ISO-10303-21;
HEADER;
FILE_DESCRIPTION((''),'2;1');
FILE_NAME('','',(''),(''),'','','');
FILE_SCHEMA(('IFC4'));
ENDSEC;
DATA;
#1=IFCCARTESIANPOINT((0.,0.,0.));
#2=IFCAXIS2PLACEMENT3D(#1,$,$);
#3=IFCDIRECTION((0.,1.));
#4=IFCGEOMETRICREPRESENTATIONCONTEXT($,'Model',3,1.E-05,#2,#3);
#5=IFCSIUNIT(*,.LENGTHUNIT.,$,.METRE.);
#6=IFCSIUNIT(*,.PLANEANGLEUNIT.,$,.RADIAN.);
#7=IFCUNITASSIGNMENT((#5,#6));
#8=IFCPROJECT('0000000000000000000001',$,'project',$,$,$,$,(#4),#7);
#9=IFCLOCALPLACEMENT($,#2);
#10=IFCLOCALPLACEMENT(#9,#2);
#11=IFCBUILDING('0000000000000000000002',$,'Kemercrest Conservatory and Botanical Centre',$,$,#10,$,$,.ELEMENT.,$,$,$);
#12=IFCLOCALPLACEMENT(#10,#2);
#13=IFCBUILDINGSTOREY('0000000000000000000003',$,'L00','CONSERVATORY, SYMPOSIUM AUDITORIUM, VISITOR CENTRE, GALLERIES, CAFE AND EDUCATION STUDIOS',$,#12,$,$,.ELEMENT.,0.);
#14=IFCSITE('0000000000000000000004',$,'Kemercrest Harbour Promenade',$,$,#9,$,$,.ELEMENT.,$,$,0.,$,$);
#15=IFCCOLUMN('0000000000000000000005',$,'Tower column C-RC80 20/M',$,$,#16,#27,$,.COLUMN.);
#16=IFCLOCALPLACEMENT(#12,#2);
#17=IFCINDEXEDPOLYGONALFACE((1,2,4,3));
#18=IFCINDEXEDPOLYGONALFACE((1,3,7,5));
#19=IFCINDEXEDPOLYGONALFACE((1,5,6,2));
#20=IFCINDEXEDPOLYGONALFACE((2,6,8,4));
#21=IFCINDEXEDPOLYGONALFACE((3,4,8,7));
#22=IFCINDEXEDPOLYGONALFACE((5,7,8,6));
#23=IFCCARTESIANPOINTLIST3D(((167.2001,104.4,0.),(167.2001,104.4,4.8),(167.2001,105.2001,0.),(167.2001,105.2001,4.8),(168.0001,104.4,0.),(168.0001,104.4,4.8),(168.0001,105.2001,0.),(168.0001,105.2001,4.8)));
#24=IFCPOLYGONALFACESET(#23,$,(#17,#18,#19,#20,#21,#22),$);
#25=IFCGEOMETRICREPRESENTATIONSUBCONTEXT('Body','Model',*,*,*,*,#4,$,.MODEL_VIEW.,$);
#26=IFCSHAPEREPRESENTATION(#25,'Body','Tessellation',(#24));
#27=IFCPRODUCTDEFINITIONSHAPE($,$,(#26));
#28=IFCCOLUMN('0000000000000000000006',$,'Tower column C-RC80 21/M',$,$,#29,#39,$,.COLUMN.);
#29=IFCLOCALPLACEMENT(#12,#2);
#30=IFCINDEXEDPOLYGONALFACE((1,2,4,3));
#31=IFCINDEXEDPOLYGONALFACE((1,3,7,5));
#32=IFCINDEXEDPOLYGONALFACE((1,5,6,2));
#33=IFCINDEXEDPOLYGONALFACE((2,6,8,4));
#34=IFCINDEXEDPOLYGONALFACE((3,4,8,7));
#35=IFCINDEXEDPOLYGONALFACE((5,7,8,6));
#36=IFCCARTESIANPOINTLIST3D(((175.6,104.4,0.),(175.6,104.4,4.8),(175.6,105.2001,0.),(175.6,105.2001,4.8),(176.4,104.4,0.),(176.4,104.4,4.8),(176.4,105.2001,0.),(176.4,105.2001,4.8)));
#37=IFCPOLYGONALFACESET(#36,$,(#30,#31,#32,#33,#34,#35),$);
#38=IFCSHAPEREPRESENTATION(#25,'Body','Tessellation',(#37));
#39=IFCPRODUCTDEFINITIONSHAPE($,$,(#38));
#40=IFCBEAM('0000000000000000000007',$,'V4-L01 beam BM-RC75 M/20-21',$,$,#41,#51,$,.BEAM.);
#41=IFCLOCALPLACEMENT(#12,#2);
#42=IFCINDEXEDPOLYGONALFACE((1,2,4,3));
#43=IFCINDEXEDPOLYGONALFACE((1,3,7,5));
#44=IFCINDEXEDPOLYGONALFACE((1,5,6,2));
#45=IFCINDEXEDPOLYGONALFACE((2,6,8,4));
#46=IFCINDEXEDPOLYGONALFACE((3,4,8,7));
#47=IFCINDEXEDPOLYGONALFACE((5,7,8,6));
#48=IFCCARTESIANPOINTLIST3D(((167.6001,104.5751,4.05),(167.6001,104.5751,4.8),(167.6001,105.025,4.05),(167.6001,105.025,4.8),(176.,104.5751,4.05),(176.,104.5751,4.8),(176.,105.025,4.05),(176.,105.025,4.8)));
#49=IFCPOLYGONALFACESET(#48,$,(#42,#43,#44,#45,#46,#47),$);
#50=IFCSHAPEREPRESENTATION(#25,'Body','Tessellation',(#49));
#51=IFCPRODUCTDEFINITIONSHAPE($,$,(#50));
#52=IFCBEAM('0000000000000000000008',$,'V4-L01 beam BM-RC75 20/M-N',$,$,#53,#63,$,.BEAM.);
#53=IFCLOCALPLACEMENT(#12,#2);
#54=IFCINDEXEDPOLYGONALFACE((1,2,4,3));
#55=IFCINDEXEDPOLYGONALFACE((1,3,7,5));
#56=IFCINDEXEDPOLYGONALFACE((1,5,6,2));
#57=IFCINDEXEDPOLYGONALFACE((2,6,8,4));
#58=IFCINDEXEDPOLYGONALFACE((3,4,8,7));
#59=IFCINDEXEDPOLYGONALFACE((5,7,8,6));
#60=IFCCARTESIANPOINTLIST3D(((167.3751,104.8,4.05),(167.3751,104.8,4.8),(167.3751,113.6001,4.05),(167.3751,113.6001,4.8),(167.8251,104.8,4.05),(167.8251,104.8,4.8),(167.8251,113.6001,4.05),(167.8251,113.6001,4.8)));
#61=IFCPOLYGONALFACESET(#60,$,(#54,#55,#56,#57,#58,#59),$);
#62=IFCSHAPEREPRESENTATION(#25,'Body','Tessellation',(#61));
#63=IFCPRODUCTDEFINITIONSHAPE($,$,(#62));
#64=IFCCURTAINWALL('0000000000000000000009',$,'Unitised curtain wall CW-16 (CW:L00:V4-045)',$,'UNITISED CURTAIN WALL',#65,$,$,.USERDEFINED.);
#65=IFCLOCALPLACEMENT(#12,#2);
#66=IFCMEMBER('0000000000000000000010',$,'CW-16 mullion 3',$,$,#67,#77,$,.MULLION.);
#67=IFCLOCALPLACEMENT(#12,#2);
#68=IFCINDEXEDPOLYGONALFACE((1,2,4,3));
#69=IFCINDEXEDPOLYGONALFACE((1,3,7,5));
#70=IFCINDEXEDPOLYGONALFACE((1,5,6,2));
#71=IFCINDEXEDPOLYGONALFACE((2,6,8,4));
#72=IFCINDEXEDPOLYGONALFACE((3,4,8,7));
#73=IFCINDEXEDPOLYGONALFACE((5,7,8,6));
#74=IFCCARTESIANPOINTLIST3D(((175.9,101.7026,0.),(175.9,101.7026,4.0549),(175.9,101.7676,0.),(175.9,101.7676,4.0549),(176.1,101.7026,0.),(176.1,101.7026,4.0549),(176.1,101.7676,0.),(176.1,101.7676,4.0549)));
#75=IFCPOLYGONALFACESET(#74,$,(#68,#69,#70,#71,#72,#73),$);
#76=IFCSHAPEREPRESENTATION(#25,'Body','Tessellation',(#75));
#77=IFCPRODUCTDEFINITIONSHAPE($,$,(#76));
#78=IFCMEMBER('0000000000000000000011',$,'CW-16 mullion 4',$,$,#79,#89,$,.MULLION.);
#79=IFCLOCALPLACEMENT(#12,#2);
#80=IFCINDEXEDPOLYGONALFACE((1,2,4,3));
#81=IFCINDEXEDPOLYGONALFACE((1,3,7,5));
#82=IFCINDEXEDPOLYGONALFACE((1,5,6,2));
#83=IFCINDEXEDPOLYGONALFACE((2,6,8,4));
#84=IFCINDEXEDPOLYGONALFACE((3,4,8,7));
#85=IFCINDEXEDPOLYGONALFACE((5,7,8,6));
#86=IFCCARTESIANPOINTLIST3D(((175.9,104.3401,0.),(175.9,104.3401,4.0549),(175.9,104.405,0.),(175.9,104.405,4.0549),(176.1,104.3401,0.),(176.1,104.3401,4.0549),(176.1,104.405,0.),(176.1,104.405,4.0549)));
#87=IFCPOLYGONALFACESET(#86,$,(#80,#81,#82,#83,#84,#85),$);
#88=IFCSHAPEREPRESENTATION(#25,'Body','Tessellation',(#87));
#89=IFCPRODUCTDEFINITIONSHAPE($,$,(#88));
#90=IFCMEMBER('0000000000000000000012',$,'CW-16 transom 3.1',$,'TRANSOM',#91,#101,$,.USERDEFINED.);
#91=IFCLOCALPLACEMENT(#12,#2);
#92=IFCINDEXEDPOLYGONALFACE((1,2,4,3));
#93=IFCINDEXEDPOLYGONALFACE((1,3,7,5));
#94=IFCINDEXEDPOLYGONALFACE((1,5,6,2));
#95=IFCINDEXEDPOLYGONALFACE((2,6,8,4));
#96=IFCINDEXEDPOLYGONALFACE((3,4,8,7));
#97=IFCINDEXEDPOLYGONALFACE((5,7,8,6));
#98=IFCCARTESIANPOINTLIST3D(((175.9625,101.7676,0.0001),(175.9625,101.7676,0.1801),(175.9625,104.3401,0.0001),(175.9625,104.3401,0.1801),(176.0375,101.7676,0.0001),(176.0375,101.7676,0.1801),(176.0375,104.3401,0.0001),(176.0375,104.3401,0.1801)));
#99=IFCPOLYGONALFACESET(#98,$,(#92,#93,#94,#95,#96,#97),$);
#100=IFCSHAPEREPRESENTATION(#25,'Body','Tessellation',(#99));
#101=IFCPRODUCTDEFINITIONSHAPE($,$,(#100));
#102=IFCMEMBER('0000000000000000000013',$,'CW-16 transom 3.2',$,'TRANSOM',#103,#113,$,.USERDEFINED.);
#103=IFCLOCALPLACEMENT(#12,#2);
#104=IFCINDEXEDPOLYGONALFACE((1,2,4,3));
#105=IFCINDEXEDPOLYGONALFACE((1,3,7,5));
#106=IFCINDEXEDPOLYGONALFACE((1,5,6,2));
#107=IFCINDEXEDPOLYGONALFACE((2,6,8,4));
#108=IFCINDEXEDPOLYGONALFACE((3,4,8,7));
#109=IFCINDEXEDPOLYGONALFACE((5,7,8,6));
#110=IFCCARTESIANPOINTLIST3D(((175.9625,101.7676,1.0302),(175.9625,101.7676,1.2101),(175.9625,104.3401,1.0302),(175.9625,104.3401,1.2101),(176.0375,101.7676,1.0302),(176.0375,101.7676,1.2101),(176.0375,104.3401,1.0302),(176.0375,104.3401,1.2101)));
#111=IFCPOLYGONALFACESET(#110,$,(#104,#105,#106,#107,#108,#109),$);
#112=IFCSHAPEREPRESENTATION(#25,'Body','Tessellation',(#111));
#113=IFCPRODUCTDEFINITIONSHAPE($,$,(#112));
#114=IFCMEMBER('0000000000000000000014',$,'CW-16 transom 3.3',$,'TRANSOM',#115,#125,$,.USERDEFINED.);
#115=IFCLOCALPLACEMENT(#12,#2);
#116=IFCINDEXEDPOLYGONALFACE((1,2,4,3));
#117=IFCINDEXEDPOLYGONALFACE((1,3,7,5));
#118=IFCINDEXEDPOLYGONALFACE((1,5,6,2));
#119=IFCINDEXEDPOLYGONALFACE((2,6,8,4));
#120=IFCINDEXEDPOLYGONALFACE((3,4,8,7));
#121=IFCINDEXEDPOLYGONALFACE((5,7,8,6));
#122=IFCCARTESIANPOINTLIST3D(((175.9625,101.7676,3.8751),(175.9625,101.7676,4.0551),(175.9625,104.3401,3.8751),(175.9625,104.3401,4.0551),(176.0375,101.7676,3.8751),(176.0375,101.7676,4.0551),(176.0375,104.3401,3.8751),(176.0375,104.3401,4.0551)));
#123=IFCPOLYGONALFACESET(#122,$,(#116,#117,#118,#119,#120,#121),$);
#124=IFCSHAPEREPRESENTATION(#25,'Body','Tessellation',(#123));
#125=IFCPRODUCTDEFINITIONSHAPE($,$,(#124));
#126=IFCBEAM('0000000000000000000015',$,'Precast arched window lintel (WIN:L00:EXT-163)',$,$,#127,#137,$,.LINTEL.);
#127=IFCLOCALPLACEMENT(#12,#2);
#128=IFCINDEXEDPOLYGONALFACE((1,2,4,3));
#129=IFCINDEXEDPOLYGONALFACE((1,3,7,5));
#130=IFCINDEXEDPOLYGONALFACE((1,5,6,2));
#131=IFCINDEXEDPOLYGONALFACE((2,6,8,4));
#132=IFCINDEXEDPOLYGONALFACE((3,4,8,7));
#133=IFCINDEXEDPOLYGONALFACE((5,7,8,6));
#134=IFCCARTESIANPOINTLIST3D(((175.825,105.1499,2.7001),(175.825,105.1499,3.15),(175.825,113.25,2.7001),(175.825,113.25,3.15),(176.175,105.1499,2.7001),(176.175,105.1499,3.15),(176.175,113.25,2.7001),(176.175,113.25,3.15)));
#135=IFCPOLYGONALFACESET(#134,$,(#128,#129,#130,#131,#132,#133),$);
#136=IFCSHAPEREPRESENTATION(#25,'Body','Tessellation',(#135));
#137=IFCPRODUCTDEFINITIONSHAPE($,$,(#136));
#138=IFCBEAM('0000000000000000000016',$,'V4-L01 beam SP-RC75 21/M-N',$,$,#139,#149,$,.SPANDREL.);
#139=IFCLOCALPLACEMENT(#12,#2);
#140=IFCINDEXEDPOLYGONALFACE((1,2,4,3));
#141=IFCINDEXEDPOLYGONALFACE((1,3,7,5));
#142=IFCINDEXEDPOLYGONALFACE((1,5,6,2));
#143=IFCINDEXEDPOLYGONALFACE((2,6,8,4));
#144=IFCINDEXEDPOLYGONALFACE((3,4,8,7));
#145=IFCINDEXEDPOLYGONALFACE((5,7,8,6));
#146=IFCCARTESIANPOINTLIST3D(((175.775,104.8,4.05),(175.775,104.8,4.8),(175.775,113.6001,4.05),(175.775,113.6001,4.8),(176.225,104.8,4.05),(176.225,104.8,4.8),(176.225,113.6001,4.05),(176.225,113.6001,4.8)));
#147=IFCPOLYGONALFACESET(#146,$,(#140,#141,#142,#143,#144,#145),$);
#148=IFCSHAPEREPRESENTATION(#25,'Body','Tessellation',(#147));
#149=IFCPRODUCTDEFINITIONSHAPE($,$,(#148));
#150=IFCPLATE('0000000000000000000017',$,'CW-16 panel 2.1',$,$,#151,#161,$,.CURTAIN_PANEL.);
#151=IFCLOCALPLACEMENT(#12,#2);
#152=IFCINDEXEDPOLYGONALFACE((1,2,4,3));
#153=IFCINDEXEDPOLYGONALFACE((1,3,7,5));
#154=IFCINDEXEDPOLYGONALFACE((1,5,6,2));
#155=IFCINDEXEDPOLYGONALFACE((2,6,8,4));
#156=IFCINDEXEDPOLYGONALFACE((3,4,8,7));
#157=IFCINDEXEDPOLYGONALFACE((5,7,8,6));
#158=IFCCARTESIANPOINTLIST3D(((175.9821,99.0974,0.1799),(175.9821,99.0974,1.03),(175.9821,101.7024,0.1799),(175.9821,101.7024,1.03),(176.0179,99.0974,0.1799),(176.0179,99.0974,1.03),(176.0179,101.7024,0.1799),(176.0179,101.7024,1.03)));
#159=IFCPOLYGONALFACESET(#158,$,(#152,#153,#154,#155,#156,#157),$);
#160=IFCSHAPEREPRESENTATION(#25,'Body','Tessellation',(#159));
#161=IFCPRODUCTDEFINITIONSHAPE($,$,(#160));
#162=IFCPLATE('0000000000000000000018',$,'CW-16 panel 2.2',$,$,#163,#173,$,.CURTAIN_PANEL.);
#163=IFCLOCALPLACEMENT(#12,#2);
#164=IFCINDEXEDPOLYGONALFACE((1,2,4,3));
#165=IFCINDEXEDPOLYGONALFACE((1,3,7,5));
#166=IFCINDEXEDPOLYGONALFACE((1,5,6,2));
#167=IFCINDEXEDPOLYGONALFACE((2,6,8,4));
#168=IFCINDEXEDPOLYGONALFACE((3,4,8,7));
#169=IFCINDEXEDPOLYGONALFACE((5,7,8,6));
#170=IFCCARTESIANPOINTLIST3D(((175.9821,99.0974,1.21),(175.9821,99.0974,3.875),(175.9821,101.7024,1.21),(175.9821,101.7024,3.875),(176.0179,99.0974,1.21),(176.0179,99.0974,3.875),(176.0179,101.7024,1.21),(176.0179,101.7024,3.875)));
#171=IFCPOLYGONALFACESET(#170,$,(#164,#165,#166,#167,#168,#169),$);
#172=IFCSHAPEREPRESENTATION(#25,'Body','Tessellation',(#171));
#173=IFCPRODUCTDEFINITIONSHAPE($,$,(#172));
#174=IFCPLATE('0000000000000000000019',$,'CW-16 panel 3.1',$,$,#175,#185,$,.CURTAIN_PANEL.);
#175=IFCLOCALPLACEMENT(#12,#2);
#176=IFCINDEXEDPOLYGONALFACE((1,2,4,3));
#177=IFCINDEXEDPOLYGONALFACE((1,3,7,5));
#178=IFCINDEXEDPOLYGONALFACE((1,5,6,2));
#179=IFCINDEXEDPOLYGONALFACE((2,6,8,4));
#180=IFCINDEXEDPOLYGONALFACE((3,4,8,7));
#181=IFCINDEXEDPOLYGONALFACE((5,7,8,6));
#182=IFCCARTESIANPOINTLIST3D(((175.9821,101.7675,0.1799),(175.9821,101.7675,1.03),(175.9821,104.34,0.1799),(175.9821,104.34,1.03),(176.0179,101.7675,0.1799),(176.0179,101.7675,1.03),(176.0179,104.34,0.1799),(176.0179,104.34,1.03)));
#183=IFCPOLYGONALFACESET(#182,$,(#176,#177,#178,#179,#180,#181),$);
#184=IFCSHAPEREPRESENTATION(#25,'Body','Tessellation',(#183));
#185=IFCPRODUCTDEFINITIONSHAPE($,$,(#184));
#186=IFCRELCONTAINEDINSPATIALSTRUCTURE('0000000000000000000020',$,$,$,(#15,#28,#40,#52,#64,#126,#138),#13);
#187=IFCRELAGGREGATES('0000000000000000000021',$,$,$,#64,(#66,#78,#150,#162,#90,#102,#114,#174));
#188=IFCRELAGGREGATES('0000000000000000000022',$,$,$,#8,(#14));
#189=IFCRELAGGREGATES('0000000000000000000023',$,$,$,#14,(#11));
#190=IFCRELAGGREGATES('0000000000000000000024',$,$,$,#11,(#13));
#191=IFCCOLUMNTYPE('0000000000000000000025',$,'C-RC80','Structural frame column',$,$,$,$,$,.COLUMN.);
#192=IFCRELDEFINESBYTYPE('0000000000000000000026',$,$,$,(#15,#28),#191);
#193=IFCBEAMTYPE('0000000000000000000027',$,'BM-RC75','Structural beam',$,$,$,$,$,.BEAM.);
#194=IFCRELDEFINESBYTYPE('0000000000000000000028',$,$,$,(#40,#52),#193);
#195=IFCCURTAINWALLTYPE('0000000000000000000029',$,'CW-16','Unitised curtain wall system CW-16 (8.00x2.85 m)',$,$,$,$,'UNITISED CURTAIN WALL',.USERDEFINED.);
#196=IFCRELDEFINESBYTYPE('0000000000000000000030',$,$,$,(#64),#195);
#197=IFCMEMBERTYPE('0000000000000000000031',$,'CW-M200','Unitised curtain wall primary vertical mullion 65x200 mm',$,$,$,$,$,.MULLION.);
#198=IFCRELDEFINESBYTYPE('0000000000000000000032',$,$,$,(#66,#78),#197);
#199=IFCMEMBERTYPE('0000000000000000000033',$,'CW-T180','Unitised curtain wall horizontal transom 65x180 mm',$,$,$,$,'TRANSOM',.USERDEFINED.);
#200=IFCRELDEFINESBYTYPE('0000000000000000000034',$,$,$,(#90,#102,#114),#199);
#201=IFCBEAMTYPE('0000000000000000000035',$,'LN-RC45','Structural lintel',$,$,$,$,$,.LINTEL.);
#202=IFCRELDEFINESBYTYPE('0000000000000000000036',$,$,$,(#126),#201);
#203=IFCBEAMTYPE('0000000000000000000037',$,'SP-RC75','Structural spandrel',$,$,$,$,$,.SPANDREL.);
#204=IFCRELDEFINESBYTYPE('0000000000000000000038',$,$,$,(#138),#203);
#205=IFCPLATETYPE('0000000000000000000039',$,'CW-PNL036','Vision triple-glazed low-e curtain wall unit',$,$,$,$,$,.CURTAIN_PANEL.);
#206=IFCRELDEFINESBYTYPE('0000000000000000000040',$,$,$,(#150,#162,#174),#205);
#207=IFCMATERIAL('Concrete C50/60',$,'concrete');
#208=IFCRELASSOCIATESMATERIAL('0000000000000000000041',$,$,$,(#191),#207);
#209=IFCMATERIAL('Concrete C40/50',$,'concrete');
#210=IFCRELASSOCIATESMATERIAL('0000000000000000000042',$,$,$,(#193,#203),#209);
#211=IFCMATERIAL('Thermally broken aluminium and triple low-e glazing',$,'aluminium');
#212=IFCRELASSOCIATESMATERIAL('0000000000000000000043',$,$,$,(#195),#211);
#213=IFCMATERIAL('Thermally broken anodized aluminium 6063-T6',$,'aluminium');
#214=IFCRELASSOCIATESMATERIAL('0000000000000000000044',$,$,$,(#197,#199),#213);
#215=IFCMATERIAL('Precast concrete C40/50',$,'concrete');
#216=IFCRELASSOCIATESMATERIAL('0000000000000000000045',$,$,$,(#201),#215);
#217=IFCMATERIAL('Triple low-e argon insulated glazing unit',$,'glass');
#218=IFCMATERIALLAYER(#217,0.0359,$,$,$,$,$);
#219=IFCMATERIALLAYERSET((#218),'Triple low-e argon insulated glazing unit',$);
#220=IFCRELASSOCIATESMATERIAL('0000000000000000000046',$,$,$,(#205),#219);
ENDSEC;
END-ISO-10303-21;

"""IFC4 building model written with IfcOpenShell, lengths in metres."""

from ifc_helpers import new_model, si_unit, direction, frame, origin, origin_2d, place, context, subcontext, project, spatial, rectangle, extrude, material, layer, layer_set, material_profile, profile_set, type_object, element, aggregate, save


model = new_model("IFC4")

# Units and contexts
model_context = context("Model", 3, precision=1e-05, world=origin(), true_north=direction((0.0, 1.0)))
body_context = subcontext(model_context, "Body", "Model", "MODEL_VIEW")
ifc_project = project(units=[si_unit("LENGTHUNIT", "METRE"), si_unit("PLANEANGLEUNIT", "RADIAN")], contexts=[model_context])

# Site, building, storey
site_placement = place(None, origin())
site = spatial("IfcSite", under=ifc_project, at=site_placement, Name="Kemercrest Harbour Promenade", CompositionType="ELEMENT", RefElevation=0.0)
building_placement = place(site_placement, origin())
building = spatial("IfcBuilding", under=site, at=building_placement, Name="Kemercrest Conservatory and Botanical Centre", CompositionType="ELEMENT")
storey_placement = place(building_placement, origin())
storey = spatial("IfcBuildingStorey", under=building, at=storey_placement, Name="L00", Description="CONSERVATORY, SYMPOSIUM AUDITORIUM, VISITOR CENTRE, GALLERIES, CAFE AND EDUCATION STUDIOS", CompositionType="ELEMENT", Elevation=0.0)

# Columns
ifc_material_1 = material(Name="Concrete C50/60", Category="concrete")
ifc_material_profile_1 = material_profile(ifc_material_1, rectangle(XDim=0.8, YDim=0.8, at=origin_2d()), Name="RC 800x800")
ifc_profile_set_1 = profile_set([ifc_material_profile_1], Name="Concrete C50/60")
column_type = type_object("IfcColumnType", Name="C-RC80", Description="Structural frame column", PredefinedType="COLUMN", material=ifc_profile_set_1)
for number, where, z_axis, x_axis, name in (
    (1, (167.6001, 104.8, 0.0), (0.0, 0.0, 1.0), (1.0, 0.0, 0.0), "Tower column C-RC80 20/M"),
    (2, (176.0, 104.8, 0.0), (0.0, 0.0, 1.0), (1.0, 0.0, 0.0), "Tower column C-RC80 21/M"),
):
    element("IfcColumn", number, at=place(storey_placement, frame(where, z_axis=z_axis, x_axis=x_axis)), inside=storey, type_object=column_type, Name=name, PredefinedType="COLUMN", context=body_context, shape_type="SweptSolid", body=[
        extrude(rectangle(XDim=0.8, YDim=0.8, at=origin_2d()), origin(), (0.0, 0.0, 1.0), 4.8),
    ])

# Beams
ifc_material_2 = material(Name="Concrete C40/50", Category="concrete")
ifc_material_profile_2 = material_profile(ifc_material_2, rectangle(XDim=0.45, YDim=0.75, at=origin_2d()), Name="RC 450x750")
ifc_profile_set_2 = profile_set([ifc_material_profile_2], Name="Concrete C40/50")
beam_type_1 = type_object("IfcBeamType", Name="BM-RC75", Description="Structural beam", PredefinedType="BEAM", material=ifc_profile_set_2)
beam_1_placement = place(storey_placement, frame((167.6001, 104.8, 4.425), z_axis=(1.0, 0.0, 0.0), x_axis=(0.0, 1.0, 0.0)))
element("IfcBeam", 3, at=beam_1_placement, inside=storey, type_object=beam_type_1, Name="V4-L01 beam BM-RC75 M/20-21", PredefinedType="BEAM", context=body_context, shape_type="SweptSolid", body=[
    extrude(rectangle(XDim=0.45, YDim=0.75, at=origin_2d()), origin(), (0.0, 0.0, 1.0), 8.3999),
])
beam_2_placement = place(storey_placement, frame((167.6001, 104.8, 4.425), z_axis=(0.0, 1.0, 0.0), x_axis=(-1.0, 0.0, 0.0)))
element("IfcBeam", 4, at=beam_2_placement, inside=storey, type_object=beam_type_1, Name="V4-L01 beam BM-RC75 20/M-N", PredefinedType="BEAM", context=body_context, shape_type="SweptSolid", body=[
    extrude(rectangle(XDim=0.45, YDim=0.75, at=origin_2d()), origin(), (0.0, 0.0, 1.0), 8.8),
])

# Curtain wall, members
ifc_material_3 = material(Name="Thermally broken aluminium and triple low-e glazing", Category="aluminium")
curtain_wall_type = type_object("IfcCurtainWallType", Name="CW-16", Description="Unitised curtain wall system CW-16 (8.00x2.85 m)", ElementType="UNITISED CURTAIN WALL", PredefinedType="USERDEFINED", material=ifc_material_3)
curtain_wall_placement = place(storey_placement, origin())
curtain_wall = element("IfcCurtainWall", 5, at=curtain_wall_placement, inside=storey, type_object=curtain_wall_type, Name="Unitised curtain wall CW-16 (CW:L00:V4-045)", ObjectType="UNITISED CURTAIN WALL", PredefinedType="USERDEFINED")
ifc_material_4 = material(Name="Thermally broken anodized aluminium 6063-T6", Category="aluminium")
ifc_material_profile_3 = material_profile(ifc_material_4, rectangle(XDim=0.2, YDim=0.0649, at=origin_2d()), Name="AL MULLION 65x200")
ifc_profile_set_3 = profile_set([ifc_material_profile_3], Name="Thermally broken anodized aluminium 6063-T6")
member_type_1 = type_object("IfcMemberType", Name="CW-M200", Description="Unitised curtain wall primary vertical mullion 65x200 mm", PredefinedType="MULLION", material=ifc_profile_set_3)
member_1_placement = place(storey_placement, frame((176.0, 101.7351, 0.0), z_axis=(0.0, 0.0, 1.0), x_axis=(-1.0, 0.0, 0.0)))
member_1 = element("IfcMember", 6, at=member_1_placement, type_object=member_type_1, Name="CW-16 mullion 3", PredefinedType="MULLION", context=body_context, shape_type="SweptSolid", body=[
    extrude(rectangle(XDim=0.2, YDim=0.0649, at=origin_2d()), origin(), (0.0, 0.0, 1.0), 4.0549),
])
member_2_placement = place(storey_placement, frame((176.0, 104.3726, 0.0), z_axis=(0.0, 0.0, 1.0), x_axis=(-1.0, 0.0, 0.0)))
member_2 = element("IfcMember", 7, at=member_2_placement, type_object=member_type_1, Name="CW-16 mullion 4", PredefinedType="MULLION", context=body_context, shape_type="SweptSolid", body=[
    extrude(rectangle(XDim=0.2, YDim=0.0649, at=origin_2d()), origin(), (0.0, 0.0, 1.0), 4.0549),
])
ifc_material_profile_4 = material_profile(ifc_material_4, rectangle(XDim=0.075, YDim=0.1799, at=origin_2d()), Name="AL TRANSOM 75x180")
ifc_profile_set_4 = profile_set([ifc_material_profile_4], Name="Thermally broken anodized aluminium 6063-T6")
member_type_2 = type_object("IfcMemberType", Name="CW-T180", Description="Unitised curtain wall horizontal transom 65x180 mm", ElementType="TRANSOM", PredefinedType="USERDEFINED", material=ifc_profile_set_4)
member_3_placement = place(storey_placement, frame((176.0, 101.7676, 0.0901), z_axis=(0.0, 1.0, 0.0), x_axis=(-1.0, 0.0, 0.0)))
member_3 = element("IfcMember", 8, at=member_3_placement, type_object=member_type_2, Name="CW-16 transom 3.1", ObjectType="TRANSOM", PredefinedType="USERDEFINED", context=body_context, shape_type="SweptSolid", body=[
    extrude(rectangle(XDim=0.075, YDim=0.1799, at=origin_2d()), origin(), (0.0, 0.0, 1.0), 2.5725),
])
member_4_placement = place(storey_placement, frame((176.0, 101.7676, 1.1201), z_axis=(0.0, 1.0, 0.0), x_axis=(-1.0, 0.0, 0.0)))
member_4 = element("IfcMember", 9, at=member_4_placement, type_object=member_type_2, Name="CW-16 transom 3.2", ObjectType="TRANSOM", PredefinedType="USERDEFINED", context=body_context, shape_type="SweptSolid", body=[
    extrude(rectangle(XDim=0.075, YDim=0.1799, at=origin_2d()), origin(), (0.0, 0.0, 1.0), 2.5725),
])
member_5_placement = place(storey_placement, frame((176.0, 101.7676, 3.9651), z_axis=(0.0, 1.0, 0.0), x_axis=(-1.0, 0.0, 0.0)))
member_5 = element("IfcMember", 10, at=member_5_placement, type_object=member_type_2, Name="CW-16 transom 3.3", ObjectType="TRANSOM", PredefinedType="USERDEFINED", context=body_context, shape_type="SweptSolid", body=[
    extrude(rectangle(XDim=0.075, YDim=0.1799, at=origin_2d()), origin(), (0.0, 0.0, 1.0), 2.5725),
])

# Beams
ifc_material_5 = material(Name="Precast concrete C40/50", Category="concrete")
ifc_material_profile_5 = material_profile(ifc_material_5, rectangle(XDim=0.3501, YDim=0.45, at=origin_2d()), Name="RC 350x450")
ifc_profile_set_5 = profile_set([ifc_material_profile_5], Name="Precast concrete C40/50")
beam_type_2 = type_object("IfcBeamType", Name="LN-RC45", Description="Structural lintel", PredefinedType="LINTEL", material=ifc_profile_set_5)
beam_3_placement = place(storey_placement, frame((176.0, 105.1499, 2.925), z_axis=(0.0, 1.0, 0.0), x_axis=(-1.0, 0.0, 0.0)))
element("IfcBeam", 11, at=beam_3_placement, inside=storey, type_object=beam_type_2, Name="Precast arched window lintel (WIN:L00:EXT-163)", PredefinedType="LINTEL", context=body_context, shape_type="SweptSolid", body=[
    extrude(rectangle(XDim=0.3501, YDim=0.45, at=origin_2d()), origin(), (0.0, 0.0, 1.0), 8.1001),
])
ifc_material_profile_6 = material_profile(ifc_material_2, rectangle(XDim=0.45, YDim=0.75, at=origin_2d()), Name="RC 450x750")
ifc_profile_set_6 = profile_set([ifc_material_profile_6], Name="Concrete C40/50")
beam_type_3 = type_object("IfcBeamType", Name="SP-RC75", Description="Structural spandrel", PredefinedType="SPANDREL", material=ifc_profile_set_6)
beam_4_placement = place(storey_placement, frame((176.0, 104.8, 4.425), z_axis=(0.0, 1.0, 0.0), x_axis=(-1.0, 0.0, 0.0)))
element("IfcBeam", 12, at=beam_4_placement, inside=storey, type_object=beam_type_3, Name="V4-L01 beam SP-RC75 21/M-N", PredefinedType="SPANDREL", context=body_context, shape_type="SweptSolid", body=[
    extrude(rectangle(XDim=0.45, YDim=0.75, at=origin_2d()), origin(), (0.0, 0.0, 1.0), 8.8),
])

# Plates
ifc_material_6 = material(Name="Triple low-e argon insulated glazing unit", Category="glass")
ifc_layer_1 = layer(ifc_material_6, 0.0359)
ifc_layer_set_1 = layer_set([ifc_layer_1], Name="Triple low-e argon insulated glazing unit")
plate_type = type_object("IfcPlateType", Name="CW-PNL036", Description="Vision triple-glazed low-e curtain wall unit", PredefinedType="CURTAIN_PANEL", material=ifc_layer_set_1)
plate_1_placement = place(storey_placement, frame((176.0, 100.3999, 0.1799), z_axis=(0.0, 0.0, 1.0), x_axis=(0.0, 1.0, 0.0)))
plate_1 = element("IfcPlate", 13, at=plate_1_placement, type_object=plate_type, Name="CW-16 panel 2.1", PredefinedType="CURTAIN_PANEL", context=body_context, shape_type="SweptSolid", body=[
    extrude(rectangle(XDim=2.605, YDim=0.0359, at=origin_2d()), origin(), (0.0, 0.0, 1.0), 0.8501),
])
plate_2_placement = place(storey_placement, frame((176.0, 100.3999, 1.21), z_axis=(0.0, 0.0, 1.0), x_axis=(0.0, 1.0, 0.0)))
plate_2 = element("IfcPlate", 14, at=plate_2_placement, type_object=plate_type, Name="CW-16 panel 2.2", PredefinedType="CURTAIN_PANEL", context=body_context, shape_type="SweptSolid", body=[
    extrude(rectangle(XDim=2.605, YDim=0.0359, at=origin_2d()), origin(), (0.0, 0.0, 1.0), 2.665),
])
plate_3_placement = place(storey_placement, frame((176.0, 103.0537, 0.1799), z_axis=(0.0, 0.0, 1.0), x_axis=(0.0, 1.0, 0.0)))
plate_3 = element("IfcPlate", 15, at=plate_3_placement, type_object=plate_type, Name="CW-16 panel 3.1", PredefinedType="CURTAIN_PANEL", context=body_context, shape_type="SweptSolid", body=[
    extrude(rectangle(XDim=2.5725, YDim=0.0359, at=origin_2d()), origin(), (0.0, 0.0, 1.0), 0.8501),
])
aggregate(curtain_wall, [member_1, member_2, plate_1, plate_2, member_3, member_4, member_5, plate_3])

save(model, "model.ifc")
